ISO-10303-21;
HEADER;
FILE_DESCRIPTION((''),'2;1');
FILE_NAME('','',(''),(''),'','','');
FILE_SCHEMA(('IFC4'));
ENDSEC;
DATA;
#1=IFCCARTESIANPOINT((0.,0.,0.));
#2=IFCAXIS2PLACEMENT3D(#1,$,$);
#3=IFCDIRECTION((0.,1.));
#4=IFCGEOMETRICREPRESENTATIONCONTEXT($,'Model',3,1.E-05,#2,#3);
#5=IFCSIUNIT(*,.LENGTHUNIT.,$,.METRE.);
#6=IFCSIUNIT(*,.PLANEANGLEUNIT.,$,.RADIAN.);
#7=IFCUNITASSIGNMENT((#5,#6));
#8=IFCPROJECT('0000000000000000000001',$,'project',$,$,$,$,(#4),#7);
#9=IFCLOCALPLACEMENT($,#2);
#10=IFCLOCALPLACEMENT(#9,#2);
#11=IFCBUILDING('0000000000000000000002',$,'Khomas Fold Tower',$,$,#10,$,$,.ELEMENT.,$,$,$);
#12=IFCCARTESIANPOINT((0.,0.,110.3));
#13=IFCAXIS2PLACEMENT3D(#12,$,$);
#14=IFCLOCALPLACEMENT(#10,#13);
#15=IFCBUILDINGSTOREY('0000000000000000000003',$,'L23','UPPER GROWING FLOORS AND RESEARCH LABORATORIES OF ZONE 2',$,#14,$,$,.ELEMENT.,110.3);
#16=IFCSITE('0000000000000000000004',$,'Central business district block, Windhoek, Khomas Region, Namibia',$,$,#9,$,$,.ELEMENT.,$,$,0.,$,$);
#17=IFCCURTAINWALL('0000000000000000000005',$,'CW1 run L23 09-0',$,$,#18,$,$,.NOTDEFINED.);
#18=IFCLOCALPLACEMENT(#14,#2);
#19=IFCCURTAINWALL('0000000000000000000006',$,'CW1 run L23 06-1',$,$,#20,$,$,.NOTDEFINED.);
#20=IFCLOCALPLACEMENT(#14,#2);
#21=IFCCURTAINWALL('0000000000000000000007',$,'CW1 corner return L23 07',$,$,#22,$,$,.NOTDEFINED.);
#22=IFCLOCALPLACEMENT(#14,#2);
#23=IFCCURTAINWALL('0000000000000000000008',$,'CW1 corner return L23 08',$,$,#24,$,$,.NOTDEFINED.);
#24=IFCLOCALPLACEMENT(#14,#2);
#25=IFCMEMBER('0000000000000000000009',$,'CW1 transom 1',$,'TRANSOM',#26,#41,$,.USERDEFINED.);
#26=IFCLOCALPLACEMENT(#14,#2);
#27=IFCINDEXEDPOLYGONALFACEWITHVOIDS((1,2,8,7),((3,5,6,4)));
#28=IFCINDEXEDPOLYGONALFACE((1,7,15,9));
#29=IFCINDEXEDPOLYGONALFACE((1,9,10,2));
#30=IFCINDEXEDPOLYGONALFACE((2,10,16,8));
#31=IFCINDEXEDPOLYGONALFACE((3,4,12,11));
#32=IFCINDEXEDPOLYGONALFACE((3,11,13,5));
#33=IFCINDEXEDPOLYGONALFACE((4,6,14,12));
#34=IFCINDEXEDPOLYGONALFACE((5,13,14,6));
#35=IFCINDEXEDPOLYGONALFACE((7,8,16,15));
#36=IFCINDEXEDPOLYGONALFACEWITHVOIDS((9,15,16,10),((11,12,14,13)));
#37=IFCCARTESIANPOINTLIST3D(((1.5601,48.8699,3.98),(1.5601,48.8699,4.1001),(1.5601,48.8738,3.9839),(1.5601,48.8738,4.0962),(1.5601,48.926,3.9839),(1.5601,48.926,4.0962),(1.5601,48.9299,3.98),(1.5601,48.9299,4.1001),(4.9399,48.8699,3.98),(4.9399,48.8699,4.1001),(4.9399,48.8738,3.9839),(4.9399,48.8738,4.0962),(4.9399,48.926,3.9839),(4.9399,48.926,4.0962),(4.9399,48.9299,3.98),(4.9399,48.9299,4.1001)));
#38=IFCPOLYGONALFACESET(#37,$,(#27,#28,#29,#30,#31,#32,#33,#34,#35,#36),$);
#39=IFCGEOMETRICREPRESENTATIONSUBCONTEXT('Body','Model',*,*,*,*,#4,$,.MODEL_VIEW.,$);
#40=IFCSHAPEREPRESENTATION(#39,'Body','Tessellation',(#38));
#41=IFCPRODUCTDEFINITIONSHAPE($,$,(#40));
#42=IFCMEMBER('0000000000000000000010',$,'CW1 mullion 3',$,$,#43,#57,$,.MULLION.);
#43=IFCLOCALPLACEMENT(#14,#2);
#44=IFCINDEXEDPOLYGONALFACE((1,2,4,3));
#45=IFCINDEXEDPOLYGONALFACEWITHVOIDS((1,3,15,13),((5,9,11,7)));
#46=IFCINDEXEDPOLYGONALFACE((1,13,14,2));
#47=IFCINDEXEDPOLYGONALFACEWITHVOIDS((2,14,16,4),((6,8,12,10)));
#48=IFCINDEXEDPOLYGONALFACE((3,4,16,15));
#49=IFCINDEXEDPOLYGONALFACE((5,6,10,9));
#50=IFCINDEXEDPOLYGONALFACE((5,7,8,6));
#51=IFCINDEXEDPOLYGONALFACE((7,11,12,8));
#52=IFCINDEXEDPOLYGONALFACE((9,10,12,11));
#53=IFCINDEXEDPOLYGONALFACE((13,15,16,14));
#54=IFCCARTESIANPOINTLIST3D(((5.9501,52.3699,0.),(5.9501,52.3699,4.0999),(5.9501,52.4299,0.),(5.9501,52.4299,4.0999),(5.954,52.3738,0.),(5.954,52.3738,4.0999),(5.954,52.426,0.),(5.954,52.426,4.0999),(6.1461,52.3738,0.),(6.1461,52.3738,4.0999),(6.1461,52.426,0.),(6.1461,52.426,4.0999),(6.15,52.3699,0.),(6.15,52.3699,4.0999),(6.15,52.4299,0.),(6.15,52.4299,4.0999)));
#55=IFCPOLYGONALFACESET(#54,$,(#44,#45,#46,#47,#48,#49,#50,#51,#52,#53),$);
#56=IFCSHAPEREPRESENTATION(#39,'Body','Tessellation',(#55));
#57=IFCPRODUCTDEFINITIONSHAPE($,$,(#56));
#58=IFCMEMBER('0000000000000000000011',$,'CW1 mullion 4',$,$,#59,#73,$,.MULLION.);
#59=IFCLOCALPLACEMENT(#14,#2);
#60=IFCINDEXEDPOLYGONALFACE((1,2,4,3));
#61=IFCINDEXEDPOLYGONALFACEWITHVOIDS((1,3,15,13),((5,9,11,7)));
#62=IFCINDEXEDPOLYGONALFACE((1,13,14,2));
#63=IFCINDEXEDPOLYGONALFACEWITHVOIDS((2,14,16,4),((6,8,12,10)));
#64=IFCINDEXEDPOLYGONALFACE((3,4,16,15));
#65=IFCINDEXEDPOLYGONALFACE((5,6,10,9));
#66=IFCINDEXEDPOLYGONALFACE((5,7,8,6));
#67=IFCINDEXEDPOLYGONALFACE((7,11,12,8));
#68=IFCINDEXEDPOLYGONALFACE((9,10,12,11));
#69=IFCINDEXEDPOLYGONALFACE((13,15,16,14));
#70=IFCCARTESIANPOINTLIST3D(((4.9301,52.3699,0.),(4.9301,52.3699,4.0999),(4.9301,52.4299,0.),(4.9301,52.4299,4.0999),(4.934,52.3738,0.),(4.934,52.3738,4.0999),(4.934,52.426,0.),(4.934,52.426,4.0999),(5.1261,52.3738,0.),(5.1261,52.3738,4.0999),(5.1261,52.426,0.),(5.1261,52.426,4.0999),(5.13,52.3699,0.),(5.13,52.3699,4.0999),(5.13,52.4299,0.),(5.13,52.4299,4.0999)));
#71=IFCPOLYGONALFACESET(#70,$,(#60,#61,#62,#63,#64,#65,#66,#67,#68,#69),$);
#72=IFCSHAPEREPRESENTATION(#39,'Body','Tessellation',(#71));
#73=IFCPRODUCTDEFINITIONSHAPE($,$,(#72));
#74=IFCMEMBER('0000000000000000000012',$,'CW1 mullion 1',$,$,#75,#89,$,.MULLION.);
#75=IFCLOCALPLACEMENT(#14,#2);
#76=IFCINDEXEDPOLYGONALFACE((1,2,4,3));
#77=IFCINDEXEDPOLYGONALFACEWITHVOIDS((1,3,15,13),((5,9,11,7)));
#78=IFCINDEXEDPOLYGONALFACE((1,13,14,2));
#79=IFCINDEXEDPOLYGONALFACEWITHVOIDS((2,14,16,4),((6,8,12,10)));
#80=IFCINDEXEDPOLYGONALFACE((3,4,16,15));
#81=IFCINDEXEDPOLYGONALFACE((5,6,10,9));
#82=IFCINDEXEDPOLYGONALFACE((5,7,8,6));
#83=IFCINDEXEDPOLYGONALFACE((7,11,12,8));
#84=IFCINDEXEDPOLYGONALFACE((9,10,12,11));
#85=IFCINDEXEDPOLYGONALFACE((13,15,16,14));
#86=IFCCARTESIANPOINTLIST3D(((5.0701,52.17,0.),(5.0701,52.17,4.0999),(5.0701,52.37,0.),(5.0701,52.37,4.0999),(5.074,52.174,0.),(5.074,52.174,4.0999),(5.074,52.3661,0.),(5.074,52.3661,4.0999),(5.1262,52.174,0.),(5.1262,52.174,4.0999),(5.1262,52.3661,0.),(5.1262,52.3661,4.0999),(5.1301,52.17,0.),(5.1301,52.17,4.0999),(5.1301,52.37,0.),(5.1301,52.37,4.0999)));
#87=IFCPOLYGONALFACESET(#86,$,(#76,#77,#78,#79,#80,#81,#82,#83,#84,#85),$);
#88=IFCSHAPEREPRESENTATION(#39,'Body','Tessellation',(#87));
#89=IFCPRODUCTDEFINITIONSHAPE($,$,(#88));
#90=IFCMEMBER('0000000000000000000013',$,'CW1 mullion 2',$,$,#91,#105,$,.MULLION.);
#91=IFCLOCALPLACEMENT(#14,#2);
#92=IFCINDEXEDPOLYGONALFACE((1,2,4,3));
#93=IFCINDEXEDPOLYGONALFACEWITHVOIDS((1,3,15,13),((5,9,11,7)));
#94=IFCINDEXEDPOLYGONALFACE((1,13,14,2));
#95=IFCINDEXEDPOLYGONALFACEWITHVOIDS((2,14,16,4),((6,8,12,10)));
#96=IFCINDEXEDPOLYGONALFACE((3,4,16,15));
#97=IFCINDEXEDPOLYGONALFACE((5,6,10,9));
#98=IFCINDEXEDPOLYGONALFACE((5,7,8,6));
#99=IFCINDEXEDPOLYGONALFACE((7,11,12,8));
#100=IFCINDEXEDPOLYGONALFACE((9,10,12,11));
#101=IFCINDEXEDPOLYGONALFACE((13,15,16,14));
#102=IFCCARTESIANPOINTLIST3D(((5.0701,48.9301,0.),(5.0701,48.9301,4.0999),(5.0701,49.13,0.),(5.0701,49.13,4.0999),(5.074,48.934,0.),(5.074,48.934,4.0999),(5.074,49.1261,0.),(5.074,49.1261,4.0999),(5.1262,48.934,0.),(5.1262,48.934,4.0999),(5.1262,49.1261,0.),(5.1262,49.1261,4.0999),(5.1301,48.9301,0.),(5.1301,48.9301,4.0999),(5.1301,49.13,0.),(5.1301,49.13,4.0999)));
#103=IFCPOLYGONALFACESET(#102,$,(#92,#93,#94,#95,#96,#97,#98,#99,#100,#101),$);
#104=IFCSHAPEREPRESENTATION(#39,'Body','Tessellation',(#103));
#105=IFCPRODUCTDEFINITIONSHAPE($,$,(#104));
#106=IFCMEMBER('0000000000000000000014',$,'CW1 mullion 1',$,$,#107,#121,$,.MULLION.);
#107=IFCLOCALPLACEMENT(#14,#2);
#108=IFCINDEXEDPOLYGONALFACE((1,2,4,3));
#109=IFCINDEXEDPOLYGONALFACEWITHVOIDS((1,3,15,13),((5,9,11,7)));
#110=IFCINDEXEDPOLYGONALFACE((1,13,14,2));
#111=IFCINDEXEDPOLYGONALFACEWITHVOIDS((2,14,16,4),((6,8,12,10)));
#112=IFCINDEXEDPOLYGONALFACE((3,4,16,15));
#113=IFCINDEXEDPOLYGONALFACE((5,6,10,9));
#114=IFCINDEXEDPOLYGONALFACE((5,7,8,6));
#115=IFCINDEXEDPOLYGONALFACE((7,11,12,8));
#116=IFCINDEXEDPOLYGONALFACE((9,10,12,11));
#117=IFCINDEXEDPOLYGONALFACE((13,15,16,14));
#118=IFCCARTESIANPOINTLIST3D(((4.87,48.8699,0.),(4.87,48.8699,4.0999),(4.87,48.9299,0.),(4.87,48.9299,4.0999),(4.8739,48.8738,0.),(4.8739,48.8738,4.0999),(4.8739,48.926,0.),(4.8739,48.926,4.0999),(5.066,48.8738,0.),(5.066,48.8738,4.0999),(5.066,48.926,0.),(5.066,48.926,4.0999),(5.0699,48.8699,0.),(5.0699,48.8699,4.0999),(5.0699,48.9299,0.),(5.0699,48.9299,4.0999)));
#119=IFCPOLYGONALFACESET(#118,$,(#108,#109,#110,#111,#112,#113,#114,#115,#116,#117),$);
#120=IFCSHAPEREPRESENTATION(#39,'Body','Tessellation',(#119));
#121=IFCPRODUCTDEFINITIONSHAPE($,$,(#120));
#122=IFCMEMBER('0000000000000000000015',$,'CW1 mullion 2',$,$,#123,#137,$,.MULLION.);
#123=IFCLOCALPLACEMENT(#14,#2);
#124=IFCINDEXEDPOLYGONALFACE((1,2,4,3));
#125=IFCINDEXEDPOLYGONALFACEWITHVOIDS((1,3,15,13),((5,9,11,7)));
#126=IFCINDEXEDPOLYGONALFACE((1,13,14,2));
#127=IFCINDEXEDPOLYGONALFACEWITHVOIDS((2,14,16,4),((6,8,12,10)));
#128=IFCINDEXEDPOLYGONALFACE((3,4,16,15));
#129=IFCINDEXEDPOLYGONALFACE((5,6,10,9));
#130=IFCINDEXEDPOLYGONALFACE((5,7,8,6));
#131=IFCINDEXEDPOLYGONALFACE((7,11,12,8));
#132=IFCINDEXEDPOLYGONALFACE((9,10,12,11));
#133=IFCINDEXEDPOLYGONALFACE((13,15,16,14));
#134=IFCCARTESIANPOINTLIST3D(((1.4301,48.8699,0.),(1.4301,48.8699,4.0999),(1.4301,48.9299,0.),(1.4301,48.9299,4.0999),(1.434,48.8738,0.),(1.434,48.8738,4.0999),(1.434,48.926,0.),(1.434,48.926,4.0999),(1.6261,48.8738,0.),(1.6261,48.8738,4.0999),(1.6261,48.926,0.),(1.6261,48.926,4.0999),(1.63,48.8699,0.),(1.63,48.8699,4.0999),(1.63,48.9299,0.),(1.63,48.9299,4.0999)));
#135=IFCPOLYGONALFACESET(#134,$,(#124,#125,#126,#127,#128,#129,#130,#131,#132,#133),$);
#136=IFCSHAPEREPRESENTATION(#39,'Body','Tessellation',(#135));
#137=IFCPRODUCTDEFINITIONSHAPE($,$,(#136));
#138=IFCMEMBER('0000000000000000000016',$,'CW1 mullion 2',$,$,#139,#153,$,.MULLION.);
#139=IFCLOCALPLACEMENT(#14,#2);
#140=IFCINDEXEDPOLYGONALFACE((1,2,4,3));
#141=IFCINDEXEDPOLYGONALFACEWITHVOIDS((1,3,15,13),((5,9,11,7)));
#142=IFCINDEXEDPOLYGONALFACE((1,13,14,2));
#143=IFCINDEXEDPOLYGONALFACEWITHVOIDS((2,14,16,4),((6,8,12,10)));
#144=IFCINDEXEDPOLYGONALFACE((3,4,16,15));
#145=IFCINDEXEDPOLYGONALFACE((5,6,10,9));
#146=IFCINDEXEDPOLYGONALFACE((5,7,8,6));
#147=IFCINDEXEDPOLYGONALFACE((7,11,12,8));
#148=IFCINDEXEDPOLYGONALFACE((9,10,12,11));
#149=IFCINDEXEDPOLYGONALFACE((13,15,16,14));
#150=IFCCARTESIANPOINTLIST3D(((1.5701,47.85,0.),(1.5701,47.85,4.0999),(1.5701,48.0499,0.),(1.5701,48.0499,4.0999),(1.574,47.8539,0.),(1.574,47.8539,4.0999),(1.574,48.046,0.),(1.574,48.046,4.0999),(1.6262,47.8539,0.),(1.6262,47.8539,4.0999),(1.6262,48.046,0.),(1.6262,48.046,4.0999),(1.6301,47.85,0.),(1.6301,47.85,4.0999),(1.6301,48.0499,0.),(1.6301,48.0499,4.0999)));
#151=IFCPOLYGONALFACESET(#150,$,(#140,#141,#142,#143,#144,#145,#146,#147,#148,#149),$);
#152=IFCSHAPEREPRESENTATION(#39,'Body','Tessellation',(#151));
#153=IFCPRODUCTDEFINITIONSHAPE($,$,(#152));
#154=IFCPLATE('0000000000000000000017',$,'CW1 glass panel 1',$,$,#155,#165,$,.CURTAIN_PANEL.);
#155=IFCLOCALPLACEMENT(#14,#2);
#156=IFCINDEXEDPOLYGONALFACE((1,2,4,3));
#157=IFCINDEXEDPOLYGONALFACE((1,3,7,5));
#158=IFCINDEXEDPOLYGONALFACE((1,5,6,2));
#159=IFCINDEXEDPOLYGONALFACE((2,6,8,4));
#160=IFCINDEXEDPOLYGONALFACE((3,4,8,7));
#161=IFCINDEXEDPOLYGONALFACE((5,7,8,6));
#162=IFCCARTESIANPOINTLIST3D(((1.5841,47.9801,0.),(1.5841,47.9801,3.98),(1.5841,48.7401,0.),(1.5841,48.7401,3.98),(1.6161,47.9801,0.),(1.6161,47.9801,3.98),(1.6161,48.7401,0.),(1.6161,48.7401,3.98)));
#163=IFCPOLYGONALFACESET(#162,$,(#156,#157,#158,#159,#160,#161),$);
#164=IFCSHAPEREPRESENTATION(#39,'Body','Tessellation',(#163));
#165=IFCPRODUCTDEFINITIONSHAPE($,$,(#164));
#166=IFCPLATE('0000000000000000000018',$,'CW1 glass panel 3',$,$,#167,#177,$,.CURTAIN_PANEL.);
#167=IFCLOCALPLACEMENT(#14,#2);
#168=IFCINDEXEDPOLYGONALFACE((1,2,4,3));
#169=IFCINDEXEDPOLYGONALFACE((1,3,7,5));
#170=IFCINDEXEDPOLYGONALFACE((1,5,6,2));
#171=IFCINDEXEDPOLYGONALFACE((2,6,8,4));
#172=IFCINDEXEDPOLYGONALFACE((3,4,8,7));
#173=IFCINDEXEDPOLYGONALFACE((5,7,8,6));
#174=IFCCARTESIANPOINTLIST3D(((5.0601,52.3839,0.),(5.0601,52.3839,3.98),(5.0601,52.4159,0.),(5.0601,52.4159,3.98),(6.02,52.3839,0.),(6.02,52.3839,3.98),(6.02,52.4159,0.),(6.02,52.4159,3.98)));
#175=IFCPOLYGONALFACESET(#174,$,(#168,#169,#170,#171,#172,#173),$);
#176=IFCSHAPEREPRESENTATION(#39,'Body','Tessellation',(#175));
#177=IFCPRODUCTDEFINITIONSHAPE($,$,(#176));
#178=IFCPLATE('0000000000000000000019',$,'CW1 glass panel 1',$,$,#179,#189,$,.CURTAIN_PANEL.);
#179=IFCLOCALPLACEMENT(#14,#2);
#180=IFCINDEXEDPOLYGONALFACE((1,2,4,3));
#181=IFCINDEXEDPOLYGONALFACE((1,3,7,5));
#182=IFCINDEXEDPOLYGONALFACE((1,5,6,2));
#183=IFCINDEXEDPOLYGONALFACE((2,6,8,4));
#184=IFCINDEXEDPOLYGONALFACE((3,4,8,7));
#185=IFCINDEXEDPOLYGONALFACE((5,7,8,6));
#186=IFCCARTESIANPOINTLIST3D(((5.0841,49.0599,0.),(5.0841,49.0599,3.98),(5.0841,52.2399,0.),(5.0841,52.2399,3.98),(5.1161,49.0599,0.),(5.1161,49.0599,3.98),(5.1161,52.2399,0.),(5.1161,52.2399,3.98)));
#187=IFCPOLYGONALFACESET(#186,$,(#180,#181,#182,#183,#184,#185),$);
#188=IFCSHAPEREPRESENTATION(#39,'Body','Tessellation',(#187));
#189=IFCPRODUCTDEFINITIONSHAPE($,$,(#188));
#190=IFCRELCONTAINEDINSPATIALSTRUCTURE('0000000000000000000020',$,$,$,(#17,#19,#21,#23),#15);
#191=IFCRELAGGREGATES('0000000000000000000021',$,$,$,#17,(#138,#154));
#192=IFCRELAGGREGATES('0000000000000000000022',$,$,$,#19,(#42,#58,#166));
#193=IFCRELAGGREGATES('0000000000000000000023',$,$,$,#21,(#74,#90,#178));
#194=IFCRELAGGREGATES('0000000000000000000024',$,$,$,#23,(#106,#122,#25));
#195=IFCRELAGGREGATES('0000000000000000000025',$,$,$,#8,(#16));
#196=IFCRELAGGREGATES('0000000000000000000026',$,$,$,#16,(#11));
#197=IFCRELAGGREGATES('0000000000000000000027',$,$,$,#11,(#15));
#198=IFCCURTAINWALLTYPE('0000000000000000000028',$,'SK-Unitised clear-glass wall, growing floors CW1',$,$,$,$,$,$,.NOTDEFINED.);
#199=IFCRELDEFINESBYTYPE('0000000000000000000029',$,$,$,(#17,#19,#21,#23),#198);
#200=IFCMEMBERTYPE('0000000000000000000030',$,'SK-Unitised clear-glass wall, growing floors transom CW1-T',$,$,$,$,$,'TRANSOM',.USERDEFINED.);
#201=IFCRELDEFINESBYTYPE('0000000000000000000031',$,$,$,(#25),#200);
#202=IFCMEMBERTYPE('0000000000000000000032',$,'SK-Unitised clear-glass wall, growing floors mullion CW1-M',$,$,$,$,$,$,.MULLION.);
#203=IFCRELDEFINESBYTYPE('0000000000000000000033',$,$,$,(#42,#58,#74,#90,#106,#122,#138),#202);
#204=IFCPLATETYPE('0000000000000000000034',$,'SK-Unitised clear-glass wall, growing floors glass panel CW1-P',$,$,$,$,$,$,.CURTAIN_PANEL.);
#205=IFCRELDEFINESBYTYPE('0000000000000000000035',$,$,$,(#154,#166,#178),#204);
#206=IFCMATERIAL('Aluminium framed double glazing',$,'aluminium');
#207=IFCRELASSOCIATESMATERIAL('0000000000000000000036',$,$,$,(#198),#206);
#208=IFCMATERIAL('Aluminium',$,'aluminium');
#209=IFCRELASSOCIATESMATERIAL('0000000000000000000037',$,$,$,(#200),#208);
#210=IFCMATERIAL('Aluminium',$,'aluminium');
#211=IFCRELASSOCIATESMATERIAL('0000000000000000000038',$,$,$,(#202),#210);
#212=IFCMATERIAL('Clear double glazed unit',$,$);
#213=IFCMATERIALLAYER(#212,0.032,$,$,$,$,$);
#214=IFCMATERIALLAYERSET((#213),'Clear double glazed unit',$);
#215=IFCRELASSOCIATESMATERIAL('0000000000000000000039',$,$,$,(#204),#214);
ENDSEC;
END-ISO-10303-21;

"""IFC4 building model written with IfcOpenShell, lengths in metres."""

from ifc_helpers import new_model, si_unit, direction, frame, origin, origin_2d, place, context, subcontext, project, spatial, rectangle, hollow_rectangle, extrude, source, transform, mapped, material, layer, layer_set, material_profile, profile_set, type_object, element, aggregate, save


model = new_model("IFC4")

# Units and contexts
model_context = context("Model", 3, precision=1e-05, world=origin(), true_north=direction((0.0, 1.0)))
body_context = subcontext(model_context, "Body", "Model", "MODEL_VIEW")
ifc_project = project(units=[si_unit("LENGTHUNIT", "METRE"), si_unit("PLANEANGLEUNIT", "RADIAN")], contexts=[model_context])

# Site, building, storey
site_placement = place(None, origin())
site = spatial("IfcSite", under=ifc_project, at=site_placement, Name="Central business district block, Windhoek, Khomas Region, Namibia", CompositionType="ELEMENT", RefElevation=0.0)
building_placement = place(site_placement, origin())
building = spatial("IfcBuilding", under=site, at=building_placement, Name="Khomas Fold Tower", CompositionType="ELEMENT")
storey_placement = place(building_placement, frame((0.0, 0.0, 110.3)))
storey = spatial("IfcBuildingStorey", under=building, at=storey_placement, Name="L23", Description="UPPER GROWING FLOORS AND RESEARCH LABORATORIES OF ZONE 2", CompositionType="ELEMENT", Elevation=110.3)

# Curtain wall
ifc_material_1 = material(Name="Aluminium framed double glazing", Category="aluminium")
curtain_wall_type = type_object("IfcCurtainWallType", Name="SK-Unitised clear-glass wall, growing floors CW1", PredefinedType="NOTDEFINED", material=ifc_material_1)
curtain_wall_1_placement = place(storey_placement, origin())
curtain_wall_1 = element("IfcCurtainWall", 1, at=curtain_wall_1_placement, inside=storey, type_object=curtain_wall_type, Name="CW1 run L23 09-0", PredefinedType="NOTDEFINED")
ifc_material_2 = material(Name="Aluminium", Category="aluminium")
ifc_material_profile_1 = material_profile(ifc_material_2, hollow_rectangle(XDim=0.0601, YDim=0.1201, WallThickness=0.0039, at=origin_2d()), Name="SK-Unitised clear-glass wall, growing floors transom CW1-T")
ifc_profile_set_1 = profile_set([ifc_material_profile_1], Name="Aluminium")
member_type_1 = type_object("IfcMemberType", Name="SK-Unitised clear-glass wall, growing floors transom CW1-T", ElementType="TRANSOM", PredefinedType="USERDEFINED", material=ifc_profile_set_1)

# Curtain walls, member
curtain_wall_2_placement = place(storey_placement, origin())
curtain_wall_2 = element("IfcCurtainWall", 2, at=curtain_wall_2_placement, inside=storey, type_object=curtain_wall_type, Name="CW1 run L23 06-1", PredefinedType="NOTDEFINED")
curtain_wall_3_placement = place(storey_placement, origin())
curtain_wall_3 = element("IfcCurtainWall", 3, at=curtain_wall_3_placement, inside=storey, type_object=curtain_wall_type, Name="CW1 corner return L23 07", PredefinedType="NOTDEFINED")
curtain_wall_4_placement = place(storey_placement, origin())
curtain_wall_4 = element("IfcCurtainWall", 4, at=curtain_wall_4_placement, inside=storey, type_object=curtain_wall_type, Name="CW1 corner return L23 08", PredefinedType="NOTDEFINED")
shared_shape_1 = source(origin(), body_context, "Body", "SweptSolid", [
    extrude(hollow_rectangle(XDim=0.0601, YDim=0.1201, WallThickness=0.0039, at=origin_2d()), origin(), (0.0, 0.0, 1.0), 3.3799),
])
member_1_placement = place(storey_placement, frame((4.9399, 48.8999, 4.04), z_axis=(-1.0, 0.0, 0.0), x_axis=(0.0, -1.0, 0.0)))
member_1 = element("IfcMember", 5, at=member_1_placement, type_object=member_type_1, Name="CW1 transom 1", ObjectType="TRANSOM", PredefinedType="USERDEFINED", context=body_context, shape_type="MappedRepresentation", body=[
    mapped(shared_shape_1, transform((0.0, 0.0, 0.0))),
])

# Members
ifc_material_3 = material(Name="Aluminium", Category="aluminium")
ifc_material_profile_2 = material_profile(ifc_material_3, hollow_rectangle(XDim=0.0601, YDim=0.2, WallThickness=0.0039, at=origin_2d()), Name="SK-Unitised clear-glass wall, growing floors mullion CW1-M")
ifc_profile_set_2 = profile_set([ifc_material_profile_2], Name="Aluminium")
member_type_2 = type_object("IfcMemberType", Name="SK-Unitised clear-glass wall, growing floors mullion CW1-M", PredefinedType="MULLION", material=ifc_profile_set_2)
shared_shape_2 = source(origin(), body_context, "Body", "SweptSolid", [
    extrude(hollow_rectangle(XDim=0.0601, YDim=0.2, WallThickness=0.0039, at=origin_2d()), origin(), (0.0, 0.0, 1.0), 4.0999),
])
member_2_placement = place(storey_placement, frame((6.05, 52.3999, 0.0), z_axis=(0.0, 0.0, 1.0), x_axis=(0.0, -1.0, 0.0)))
member_2 = element("IfcMember", 6, at=member_2_placement, type_object=member_type_2, Name="CW1 mullion 3", PredefinedType="MULLION", context=body_context, shape_type="MappedRepresentation", body=[
    mapped(shared_shape_2, transform((0.0, 0.0, 0.0))),
])
member_3_placement = place(storey_placement, frame((5.03, 52.3999, 0.0), z_axis=(0.0, 0.0, 1.0), x_axis=(0.0, -1.0, 0.0)))
member_3 = element("IfcMember", 7, at=member_3_placement, type_object=member_type_2, Name="CW1 mullion 4", PredefinedType="MULLION", context=body_context, shape_type="MappedRepresentation", body=[
    mapped(shared_shape_2, transform((0.0, 0.0, 0.0))),
])
member_4_placement = place(storey_placement, frame((5.1001, 52.27, 0.0), z_axis=(0.0, 0.0, 1.0), x_axis=(1.0, 0.0, 0.0)))
member_4 = element("IfcMember", 8, at=member_4_placement, type_object=member_type_2, Name="CW1 mullion 1", PredefinedType="MULLION", context=body_context, shape_type="MappedRepresentation", body=[
    mapped(shared_shape_2, transform((0.0, 0.0, 0.0))),
])
member_5_placement = place(storey_placement, frame((5.1001, 49.03, 0.0), z_axis=(0.0, 0.0, 1.0), x_axis=(1.0, 0.0, 0.0)))
member_5 = element("IfcMember", 9, at=member_5_placement, type_object=member_type_2, Name="CW1 mullion 2", PredefinedType="MULLION", context=body_context, shape_type="MappedRepresentation", body=[
    mapped(shared_shape_2, transform((0.0, 0.0, 0.0))),
])
member_6_placement = place(storey_placement, frame((4.97, 48.8999, 0.0), z_axis=(0.0, 0.0, 1.0), x_axis=(0.0, -1.0, 0.0)))
member_6 = element("IfcMember", 10, at=member_6_placement, type_object=member_type_2, Name="CW1 mullion 1", PredefinedType="MULLION", context=body_context, shape_type="MappedRepresentation", body=[
    mapped(shared_shape_2, transform((0.0, 0.0, 0.0))),
])
member_7_placement = place(storey_placement, frame((1.53, 48.8999, 0.0), z_axis=(0.0, 0.0, 1.0), x_axis=(0.0, -1.0, 0.0)))
member_7 = element("IfcMember", 11, at=member_7_placement, type_object=member_type_2, Name="CW1 mullion 2", PredefinedType="MULLION", context=body_context, shape_type="MappedRepresentation", body=[
    mapped(shared_shape_2, transform((0.0, 0.0, 0.0))),
])
member_8_placement = place(storey_placement, frame((1.6001, 47.95, 0.0), z_axis=(0.0, 0.0, 1.0), x_axis=(1.0, 0.0, 0.0)))
member_8 = element("IfcMember", 12, at=member_8_placement, type_object=member_type_2, Name="CW1 mullion 2", PredefinedType="MULLION", context=body_context, shape_type="MappedRepresentation", body=[
    mapped(shared_shape_2, transform((0.0, 0.0, 0.0))),
])

# Plates
ifc_material_4 = material(Name="Clear double glazed unit")
ifc_layer_1 = layer(ifc_material_4, 0.032)
ifc_layer_set_1 = layer_set([ifc_layer_1], Name="Clear double glazed unit")
plate_type = type_object("IfcPlateType", Name="SK-Unitised clear-glass wall, growing floors glass panel CW1-P", PredefinedType="CURTAIN_PANEL", material=ifc_layer_set_1)
shared_shape_3 = source(origin(), body_context, "Body", "SweptSolid", [
    extrude(rectangle(XDim=0.76, YDim=0.032, at=origin_2d()), origin(), (0.0, 0.0, 1.0), 3.98),
])
plate_1_placement = place(storey_placement, frame((1.6001, 48.3601, 0.0), z_axis=(0.0, 0.0, 1.0), x_axis=(0.0, -1.0, 0.0)))
plate_1 = element("IfcPlate", 13, at=plate_1_placement, type_object=plate_type, Name="CW1 glass panel 1", PredefinedType="CURTAIN_PANEL", context=body_context, shape_type="MappedRepresentation", body=[
    mapped(shared_shape_3, transform((0.0, 0.0, 0.0))),
])
aggregate(curtain_wall_1, [member_8, plate_1])
shared_shape_4 = source(origin(), body_context, "Body", "SweptSolid", [
    extrude(rectangle(XDim=0.96, YDim=0.032, at=origin_2d()), origin(), (0.0, 0.0, 1.0), 3.98),
])
plate_2_placement = place(storey_placement, frame((5.54, 52.3999, 0.0), z_axis=(0.0, 0.0, 1.0), x_axis=(-1.0, 0.0, 0.0)))
plate_2 = element("IfcPlate", 14, at=plate_2_placement, type_object=plate_type, Name="CW1 glass panel 3", PredefinedType="CURTAIN_PANEL", context=body_context, shape_type="MappedRepresentation", body=[
    mapped(shared_shape_4, transform((0.0, 0.0, 0.0))),
])
aggregate(curtain_wall_2, [member_2, member_3, plate_2])
shared_shape_5 = source(origin(), body_context, "Body", "SweptSolid", [
    extrude(rectangle(XDim=3.1799, YDim=0.032, at=origin_2d()), origin(), (0.0, 0.0, 1.0), 3.98),
])
plate_3_placement = place(storey_placement, frame((5.1001, 50.6499, 0.0), z_axis=(0.0, 0.0, 1.0), x_axis=(0.0, -1.0, 0.0)))
plate_3 = element("IfcPlate", 15, at=plate_3_placement, type_object=plate_type, Name="CW1 glass panel 1", PredefinedType="CURTAIN_PANEL", context=body_context, shape_type="MappedRepresentation", body=[
    mapped(shared_shape_5, transform((0.0, 0.0, 0.0))),
])
aggregate(curtain_wall_3, [member_4, member_5, plate_3])
aggregate(curtain_wall_4, [member_6, member_7, member_1])

save(model, "model.ifc")
